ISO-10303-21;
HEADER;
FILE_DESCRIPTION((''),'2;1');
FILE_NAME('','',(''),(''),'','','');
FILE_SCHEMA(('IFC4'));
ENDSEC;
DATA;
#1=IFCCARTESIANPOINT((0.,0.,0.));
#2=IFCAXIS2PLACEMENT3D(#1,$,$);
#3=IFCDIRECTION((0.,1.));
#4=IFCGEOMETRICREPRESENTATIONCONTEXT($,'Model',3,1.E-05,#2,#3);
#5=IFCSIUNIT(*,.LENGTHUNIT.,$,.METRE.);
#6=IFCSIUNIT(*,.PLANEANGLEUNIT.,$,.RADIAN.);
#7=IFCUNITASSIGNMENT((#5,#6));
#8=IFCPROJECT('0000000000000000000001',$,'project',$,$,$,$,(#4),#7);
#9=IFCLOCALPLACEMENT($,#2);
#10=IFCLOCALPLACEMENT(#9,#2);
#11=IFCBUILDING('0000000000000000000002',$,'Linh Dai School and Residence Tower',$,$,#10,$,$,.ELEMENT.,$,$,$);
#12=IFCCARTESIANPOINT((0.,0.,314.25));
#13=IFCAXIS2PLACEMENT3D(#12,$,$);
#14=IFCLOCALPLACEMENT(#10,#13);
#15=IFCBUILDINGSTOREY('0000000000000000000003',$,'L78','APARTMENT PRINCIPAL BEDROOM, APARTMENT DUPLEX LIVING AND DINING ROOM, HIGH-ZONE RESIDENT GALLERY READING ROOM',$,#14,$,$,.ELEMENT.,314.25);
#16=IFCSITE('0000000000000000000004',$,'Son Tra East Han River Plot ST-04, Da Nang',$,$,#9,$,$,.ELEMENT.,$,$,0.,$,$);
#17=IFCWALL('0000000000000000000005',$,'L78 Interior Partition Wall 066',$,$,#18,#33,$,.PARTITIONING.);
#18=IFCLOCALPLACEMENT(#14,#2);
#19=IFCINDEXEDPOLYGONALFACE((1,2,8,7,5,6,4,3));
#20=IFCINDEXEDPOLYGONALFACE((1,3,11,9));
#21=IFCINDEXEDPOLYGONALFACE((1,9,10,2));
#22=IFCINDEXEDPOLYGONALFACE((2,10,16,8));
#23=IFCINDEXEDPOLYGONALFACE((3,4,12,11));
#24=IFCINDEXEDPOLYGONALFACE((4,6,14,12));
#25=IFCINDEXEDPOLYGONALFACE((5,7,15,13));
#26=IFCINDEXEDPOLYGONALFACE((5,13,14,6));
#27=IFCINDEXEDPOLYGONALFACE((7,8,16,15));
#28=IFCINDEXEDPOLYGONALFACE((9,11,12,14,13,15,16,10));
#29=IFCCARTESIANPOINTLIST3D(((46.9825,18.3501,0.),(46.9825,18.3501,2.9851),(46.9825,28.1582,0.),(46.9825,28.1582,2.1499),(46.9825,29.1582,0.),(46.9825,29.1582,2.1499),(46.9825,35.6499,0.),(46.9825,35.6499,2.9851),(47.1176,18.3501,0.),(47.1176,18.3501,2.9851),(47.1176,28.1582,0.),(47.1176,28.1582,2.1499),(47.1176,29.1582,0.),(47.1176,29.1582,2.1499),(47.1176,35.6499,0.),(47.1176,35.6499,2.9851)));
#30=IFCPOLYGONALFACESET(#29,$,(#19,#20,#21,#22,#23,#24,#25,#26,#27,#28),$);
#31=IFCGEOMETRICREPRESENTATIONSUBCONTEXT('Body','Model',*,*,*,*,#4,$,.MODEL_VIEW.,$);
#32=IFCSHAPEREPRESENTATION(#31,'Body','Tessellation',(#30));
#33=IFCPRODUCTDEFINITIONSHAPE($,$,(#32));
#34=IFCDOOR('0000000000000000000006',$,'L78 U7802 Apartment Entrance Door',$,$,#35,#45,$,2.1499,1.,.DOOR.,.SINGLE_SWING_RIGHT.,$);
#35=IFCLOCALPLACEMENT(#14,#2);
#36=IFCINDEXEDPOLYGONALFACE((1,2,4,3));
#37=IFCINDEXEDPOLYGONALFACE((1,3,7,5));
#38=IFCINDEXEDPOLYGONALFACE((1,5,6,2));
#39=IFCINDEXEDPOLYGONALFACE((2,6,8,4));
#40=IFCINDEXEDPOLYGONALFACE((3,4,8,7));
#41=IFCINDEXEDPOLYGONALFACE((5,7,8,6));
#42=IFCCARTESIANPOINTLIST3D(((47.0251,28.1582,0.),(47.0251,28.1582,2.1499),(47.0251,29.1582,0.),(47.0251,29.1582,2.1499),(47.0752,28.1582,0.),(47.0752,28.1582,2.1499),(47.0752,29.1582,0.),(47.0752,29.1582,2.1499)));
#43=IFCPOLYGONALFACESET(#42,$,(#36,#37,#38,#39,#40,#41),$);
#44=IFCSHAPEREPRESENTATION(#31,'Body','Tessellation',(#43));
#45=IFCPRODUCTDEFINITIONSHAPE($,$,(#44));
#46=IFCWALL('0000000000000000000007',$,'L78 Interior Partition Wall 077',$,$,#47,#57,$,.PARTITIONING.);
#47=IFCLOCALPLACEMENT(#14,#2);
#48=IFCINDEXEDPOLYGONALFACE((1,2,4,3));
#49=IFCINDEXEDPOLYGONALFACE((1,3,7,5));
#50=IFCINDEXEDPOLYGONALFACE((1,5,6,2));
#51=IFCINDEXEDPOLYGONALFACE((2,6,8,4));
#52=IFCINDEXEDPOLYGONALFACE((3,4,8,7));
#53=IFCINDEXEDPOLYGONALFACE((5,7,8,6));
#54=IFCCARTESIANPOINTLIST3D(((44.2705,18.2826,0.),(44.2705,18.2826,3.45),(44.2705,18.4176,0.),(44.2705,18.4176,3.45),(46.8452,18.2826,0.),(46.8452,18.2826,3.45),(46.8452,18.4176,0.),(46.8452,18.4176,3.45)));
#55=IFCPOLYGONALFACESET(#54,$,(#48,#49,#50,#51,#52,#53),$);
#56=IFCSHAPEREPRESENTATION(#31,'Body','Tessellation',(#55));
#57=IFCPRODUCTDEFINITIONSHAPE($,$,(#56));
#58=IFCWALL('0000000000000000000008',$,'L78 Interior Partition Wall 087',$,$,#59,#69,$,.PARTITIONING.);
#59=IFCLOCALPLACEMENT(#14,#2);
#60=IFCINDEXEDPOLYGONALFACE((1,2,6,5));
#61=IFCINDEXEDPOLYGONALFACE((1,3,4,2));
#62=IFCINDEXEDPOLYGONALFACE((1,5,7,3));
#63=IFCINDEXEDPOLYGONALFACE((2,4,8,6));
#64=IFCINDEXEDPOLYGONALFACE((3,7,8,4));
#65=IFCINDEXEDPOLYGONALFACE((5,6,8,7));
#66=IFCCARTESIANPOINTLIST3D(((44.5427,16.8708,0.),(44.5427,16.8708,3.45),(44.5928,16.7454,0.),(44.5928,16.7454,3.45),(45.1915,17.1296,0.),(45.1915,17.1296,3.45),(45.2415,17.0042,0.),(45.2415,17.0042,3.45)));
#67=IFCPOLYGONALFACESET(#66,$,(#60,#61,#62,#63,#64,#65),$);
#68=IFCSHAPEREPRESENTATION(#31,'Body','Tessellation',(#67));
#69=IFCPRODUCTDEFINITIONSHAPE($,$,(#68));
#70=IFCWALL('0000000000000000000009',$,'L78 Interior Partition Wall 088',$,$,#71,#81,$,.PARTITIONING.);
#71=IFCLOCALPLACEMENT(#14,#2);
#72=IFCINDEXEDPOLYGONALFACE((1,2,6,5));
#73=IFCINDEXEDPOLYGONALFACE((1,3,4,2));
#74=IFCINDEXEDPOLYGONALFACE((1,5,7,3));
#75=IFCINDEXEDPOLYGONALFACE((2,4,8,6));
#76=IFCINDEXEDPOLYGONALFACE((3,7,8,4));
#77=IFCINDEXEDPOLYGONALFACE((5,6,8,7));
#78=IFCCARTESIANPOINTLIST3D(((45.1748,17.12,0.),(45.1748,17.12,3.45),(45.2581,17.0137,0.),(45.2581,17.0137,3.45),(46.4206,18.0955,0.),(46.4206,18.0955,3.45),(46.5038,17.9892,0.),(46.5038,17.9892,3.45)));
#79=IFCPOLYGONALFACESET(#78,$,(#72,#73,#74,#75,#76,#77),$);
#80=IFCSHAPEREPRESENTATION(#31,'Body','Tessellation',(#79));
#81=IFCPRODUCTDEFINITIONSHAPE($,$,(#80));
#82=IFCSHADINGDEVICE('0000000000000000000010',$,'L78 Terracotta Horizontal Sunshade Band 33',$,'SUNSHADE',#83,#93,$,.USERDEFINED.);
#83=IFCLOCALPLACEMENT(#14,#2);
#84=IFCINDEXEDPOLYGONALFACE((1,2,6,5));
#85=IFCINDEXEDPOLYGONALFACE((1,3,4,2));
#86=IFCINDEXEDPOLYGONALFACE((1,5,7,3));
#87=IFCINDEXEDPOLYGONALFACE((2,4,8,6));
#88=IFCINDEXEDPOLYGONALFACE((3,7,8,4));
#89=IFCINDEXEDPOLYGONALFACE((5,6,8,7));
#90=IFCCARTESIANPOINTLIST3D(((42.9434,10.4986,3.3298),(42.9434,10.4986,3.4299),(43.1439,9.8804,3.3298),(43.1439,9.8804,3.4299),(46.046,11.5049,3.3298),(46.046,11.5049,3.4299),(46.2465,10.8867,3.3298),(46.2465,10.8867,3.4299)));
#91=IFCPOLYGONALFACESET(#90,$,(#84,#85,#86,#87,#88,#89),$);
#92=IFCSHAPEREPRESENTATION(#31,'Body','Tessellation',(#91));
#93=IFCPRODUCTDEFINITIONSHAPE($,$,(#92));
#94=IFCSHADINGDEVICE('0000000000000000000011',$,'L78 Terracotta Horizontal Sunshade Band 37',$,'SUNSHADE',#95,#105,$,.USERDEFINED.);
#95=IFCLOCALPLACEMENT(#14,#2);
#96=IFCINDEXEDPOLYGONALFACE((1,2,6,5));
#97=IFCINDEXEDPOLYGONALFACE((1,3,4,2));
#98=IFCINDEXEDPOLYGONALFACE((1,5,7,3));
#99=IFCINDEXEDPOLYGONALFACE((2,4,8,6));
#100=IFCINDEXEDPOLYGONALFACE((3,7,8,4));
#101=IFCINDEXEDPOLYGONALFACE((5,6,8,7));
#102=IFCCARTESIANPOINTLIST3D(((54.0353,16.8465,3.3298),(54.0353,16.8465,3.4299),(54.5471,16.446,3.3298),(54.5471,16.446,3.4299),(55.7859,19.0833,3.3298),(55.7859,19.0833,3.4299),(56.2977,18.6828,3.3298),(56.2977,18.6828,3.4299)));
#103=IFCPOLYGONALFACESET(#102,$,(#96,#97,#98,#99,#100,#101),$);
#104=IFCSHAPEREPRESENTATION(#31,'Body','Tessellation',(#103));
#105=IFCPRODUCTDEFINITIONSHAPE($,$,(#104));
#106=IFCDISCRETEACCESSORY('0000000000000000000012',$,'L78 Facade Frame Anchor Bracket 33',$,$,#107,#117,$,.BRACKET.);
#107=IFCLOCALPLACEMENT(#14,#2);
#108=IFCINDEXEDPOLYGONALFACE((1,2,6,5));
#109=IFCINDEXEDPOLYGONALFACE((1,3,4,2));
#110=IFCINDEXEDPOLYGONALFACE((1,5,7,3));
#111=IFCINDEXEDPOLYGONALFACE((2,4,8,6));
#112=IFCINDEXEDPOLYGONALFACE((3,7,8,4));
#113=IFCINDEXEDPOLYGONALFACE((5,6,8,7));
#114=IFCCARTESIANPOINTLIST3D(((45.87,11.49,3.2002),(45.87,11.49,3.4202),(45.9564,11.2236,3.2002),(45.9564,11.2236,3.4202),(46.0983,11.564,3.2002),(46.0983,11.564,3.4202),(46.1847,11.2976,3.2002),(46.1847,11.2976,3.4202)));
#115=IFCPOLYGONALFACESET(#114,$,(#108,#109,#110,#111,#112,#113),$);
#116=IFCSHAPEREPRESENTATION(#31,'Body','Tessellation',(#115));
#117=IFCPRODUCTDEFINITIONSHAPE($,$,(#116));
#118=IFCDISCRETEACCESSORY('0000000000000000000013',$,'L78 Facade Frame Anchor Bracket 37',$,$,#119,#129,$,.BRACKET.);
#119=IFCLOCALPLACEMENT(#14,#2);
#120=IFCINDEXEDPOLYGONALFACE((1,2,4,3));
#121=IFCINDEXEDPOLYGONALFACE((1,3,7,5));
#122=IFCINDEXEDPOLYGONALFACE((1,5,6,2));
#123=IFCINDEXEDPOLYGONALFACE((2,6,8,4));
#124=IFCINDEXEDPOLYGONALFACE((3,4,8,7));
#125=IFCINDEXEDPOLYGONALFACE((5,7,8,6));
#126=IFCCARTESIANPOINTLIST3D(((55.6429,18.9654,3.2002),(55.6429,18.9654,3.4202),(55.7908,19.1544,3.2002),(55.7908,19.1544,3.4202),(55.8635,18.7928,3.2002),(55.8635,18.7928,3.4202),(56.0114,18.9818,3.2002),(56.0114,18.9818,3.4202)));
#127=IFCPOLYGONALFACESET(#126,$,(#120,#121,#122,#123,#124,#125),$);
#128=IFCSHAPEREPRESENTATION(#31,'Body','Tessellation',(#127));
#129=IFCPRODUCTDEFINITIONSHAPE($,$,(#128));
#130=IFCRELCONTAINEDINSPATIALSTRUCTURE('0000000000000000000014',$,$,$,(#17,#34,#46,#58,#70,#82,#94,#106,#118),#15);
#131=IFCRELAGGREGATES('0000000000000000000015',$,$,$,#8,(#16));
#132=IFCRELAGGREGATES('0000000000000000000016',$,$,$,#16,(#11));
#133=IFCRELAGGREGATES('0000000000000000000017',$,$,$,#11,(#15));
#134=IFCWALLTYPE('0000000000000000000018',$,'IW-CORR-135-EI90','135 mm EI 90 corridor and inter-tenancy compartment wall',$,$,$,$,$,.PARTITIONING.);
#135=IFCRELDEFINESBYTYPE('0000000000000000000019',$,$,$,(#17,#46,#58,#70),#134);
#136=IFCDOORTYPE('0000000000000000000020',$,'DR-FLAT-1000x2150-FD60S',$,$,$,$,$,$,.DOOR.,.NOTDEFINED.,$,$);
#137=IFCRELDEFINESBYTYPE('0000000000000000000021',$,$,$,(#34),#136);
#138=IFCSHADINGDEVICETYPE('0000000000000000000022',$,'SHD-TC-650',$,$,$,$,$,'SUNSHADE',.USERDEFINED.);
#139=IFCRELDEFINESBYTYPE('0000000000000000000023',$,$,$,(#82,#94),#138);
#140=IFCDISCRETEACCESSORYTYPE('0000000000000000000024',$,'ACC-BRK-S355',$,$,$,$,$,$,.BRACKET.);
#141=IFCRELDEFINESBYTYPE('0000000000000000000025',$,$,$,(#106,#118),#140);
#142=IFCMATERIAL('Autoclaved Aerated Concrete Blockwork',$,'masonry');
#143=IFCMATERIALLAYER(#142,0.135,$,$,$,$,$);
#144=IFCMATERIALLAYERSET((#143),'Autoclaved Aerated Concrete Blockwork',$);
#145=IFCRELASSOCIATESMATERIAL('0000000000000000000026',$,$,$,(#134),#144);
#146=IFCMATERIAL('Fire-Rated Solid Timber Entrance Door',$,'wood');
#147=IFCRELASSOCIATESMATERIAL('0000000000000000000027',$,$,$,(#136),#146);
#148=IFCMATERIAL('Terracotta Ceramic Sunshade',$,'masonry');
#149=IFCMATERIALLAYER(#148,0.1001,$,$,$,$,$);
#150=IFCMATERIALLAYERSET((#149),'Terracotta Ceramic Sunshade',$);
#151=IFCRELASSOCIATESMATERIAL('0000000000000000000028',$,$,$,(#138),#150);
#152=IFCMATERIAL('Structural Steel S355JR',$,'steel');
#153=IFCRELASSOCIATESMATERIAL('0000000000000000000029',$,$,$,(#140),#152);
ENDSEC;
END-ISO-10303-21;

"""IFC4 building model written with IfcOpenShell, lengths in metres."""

from ifc_helpers import new_model, si_unit, direction, frame, frame_2d, origin, origin_2d, place, context, subcontext, project, spatial, rectangle, extrude, source, transform, mapped, material, layer, layer_set, type_object, element, fill, save


model = new_model("IFC4")

# Units and contexts
model_context = context("Model", 3, precision=1e-05, world=origin(), true_north=direction((0.0, 1.0)))
body_context = subcontext(model_context, "Body", "Model", "MODEL_VIEW")
ifc_project = project(units=[si_unit("LENGTHUNIT", "METRE"), si_unit("PLANEANGLEUNIT", "RADIAN")], contexts=[model_context])

# Site, building, storey
site_placement = place(None, origin())
site = spatial("IfcSite", under=ifc_project, at=site_placement, Name="Son Tra East Han River Plot ST-04, Da Nang", CompositionType="ELEMENT", RefElevation=0.0)
building_placement = place(site_placement, origin())
building = spatial("IfcBuilding", under=site, at=building_placement, Name="Linh Dai School and Residence Tower", CompositionType="ELEMENT")
storey_placement = place(building_placement, frame((0.0, 0.0, 314.25)))
storey = spatial("IfcBuildingStorey", under=building, at=storey_placement, Name="L78", Description="APARTMENT PRINCIPAL BEDROOM, APARTMENT DUPLEX LIVING AND DINING ROOM, HIGH-ZONE RESIDENT GALLERY READING ROOM", CompositionType="ELEMENT", Elevation=314.25)

# Shared definitions
ifc_material_1 = material(Name="Structural Steel S355JR", Category="steel")

# Shared definitions
ifc_material_2 = material(Name="Autoclaved Aerated Concrete Blockwork", Category="masonry")
ifc_layer_1 = layer(ifc_material_2, 0.135)
ifc_layer_set_1 = layer_set([ifc_layer_1], Name="Autoclaved Aerated Concrete Blockwork")
wall_type_1 = type_object("IfcWallType", Name="IW-CORR-135-EI90", Description="135 mm EI 90 corridor and inter-tenancy compartment wall", PredefinedType="PARTITIONING", material=ifc_layer_set_1)

# Wall, opening, door
wall_1_placement = place(storey_placement, frame((47.05, 18.3501, 0.0), z_axis=(0.0, 0.0, 1.0), x_axis=(0.0, 1.0, 0.0)))
wall_1 = element("IfcWall", 1, at=wall_1_placement, inside=storey, type_object=wall_type_1, Name="L78 Interior Partition Wall 066", PredefinedType="PARTITIONING", context=body_context, shape_type="SweptSolid", body=[
    extrude(rectangle(XDim=17.2998, YDim=0.135, at=frame_2d((8.6499, 0.0))), origin(), (0.0, 0.0, 1.0), 2.9851),
])
opening_1_placement = place(wall_1_placement, frame((9.8081, 0.0, 0.0)))
opening_1 = element("IfcOpeningElement", 2, at=opening_1_placement, cuts=wall_1, PredefinedType="OPENING", context=body_context, shape_type="SweptSolid", body=[
    extrude(rectangle(XDim=1.0, YDim=2.1499, at=origin_2d()), frame((0.5, 0.0776, 1.075), z_axis=(0.0, -1.0, 0.0), x_axis=(1.0, 0.0, 0.0)), (0.0, 0.0, 1.0), 0.155),
])
ifc_material_3 = material(Name="Fire-Rated Solid Timber Entrance Door", Category="wood")
door_type = type_object("IfcDoorType", Name="DR-FLAT-1000x2150-FD60S", OperationType="NOTDEFINED", PredefinedType="DOOR", material=ifc_material_3)
shared_shape_1 = source(origin(), body_context, "Body", "SweptSolid", [
    extrude(rectangle(XDim=1.0, YDim=2.1499, at=origin_2d()), frame((0.5, 0.0249, 1.075), z_axis=(0.0, -1.0, 0.0), x_axis=(1.0, 0.0, 0.0)), (0.0, 0.0, 1.0), 0.05),
])
door_placement = place(opening_1_placement, origin())
door = element("IfcDoor", 3, at=door_placement, inside=storey, type_object=door_type, Name="L78 U7802 Apartment Entrance Door", OperationType="SINGLE_SWING_RIGHT", OverallHeight=2.1499, OverallWidth=1.0, PredefinedType="DOOR", context=body_context, shape_type="MappedRepresentation", body=[
    mapped(shared_shape_1, transform((0.0, 0.0, 0.0), x_axis=(1.0, 0.0, 0.0), y_axis=(0.0, 1.0, 0.0), z_axis=(0.0, 0.0, 1.0), scale=1.0)),
])
fill(opening_1, door)

# Walls
wall_2_placement = place(storey_placement, frame((46.8452, 18.3501, 0.0), z_axis=(0.0, 0.0, 1.0), x_axis=(-1.0, 0.0, 0.0)))
element("IfcWall", 4, at=wall_2_placement, inside=storey, type_object=wall_type_1, Name="L78 Interior Partition Wall 077", PredefinedType="PARTITIONING", context=body_context, shape_type="SweptSolid", body=[
    extrude(rectangle(XDim=2.5747, YDim=0.135, at=frame_2d((1.2874, 0.0))), origin(), (0.0, 0.0, 1.0), 3.45),
])
wall_3_placement = place(storey_placement, frame((44.5679, 16.8081, 0.0), z_axis=(0.0, 0.0, 1.0), x_axis=(0.928814, 0.370547, 0.0)))
element("IfcWall", 5, at=wall_3_placement, inside=storey, type_object=wall_type_1, Name="L78 Interior Partition Wall 087", PredefinedType="PARTITIONING", context=body_context, shape_type="SweptSolid", body=[
    extrude(rectangle(XDim=0.6985, YDim=0.135, at=frame_2d((0.3491, 0.0))), origin(), (0.0, 0.0, 1.0), 3.45),
])
wall_4_placement = place(storey_placement, frame((45.2166, 17.0669, 0.0), z_axis=(0.0, 0.0, 1.0), x_axis=(0.787329, 0.616533, 0.0)))
element("IfcWall", 6, at=wall_4_placement, inside=storey, type_object=wall_type_1, Name="L78 Interior Partition Wall 088", PredefinedType="PARTITIONING", context=body_context, shape_type="SweptSolid", body=[
    extrude(rectangle(XDim=1.5823, YDim=0.135, at=frame_2d((0.791, 0.0))), origin(), (0.0, 0.0, 1.0), 3.45),
])

# Shading devices
ifc_material_4 = material(Name="Terracotta Ceramic Sunshade", Category="masonry")
ifc_layer_2 = layer(ifc_material_4, 0.1001)
ifc_layer_set_2 = layer_set([ifc_layer_2], Name="Terracotta Ceramic Sunshade")
shading_device_type = type_object("IfcShadingDeviceType", Name="SHD-TC-650", ElementType="SUNSHADE", PredefinedType="USERDEFINED", material=ifc_layer_set_2)
shared_shape_2 = source(origin(), body_context, "Body", "SweptSolid", [
    extrude(rectangle(XDim=3.2617, YDim=0.6499, at=origin_2d()), origin(), (0.0, 0.0, 1.0), 0.1001),
])
shading_device_1_placement = place(storey_placement, frame((44.595, 10.6926, 3.3298), z_axis=(0.0, 0.0, 1.0), x_axis=(-0.951218, -0.308519, 0.0)))
element("IfcShadingDevice", 7, at=shading_device_1_placement, inside=storey, type_object=shading_device_type, Name="L78 Terracotta Horizontal Sunshade Band 33", ObjectType="SUNSHADE", PredefinedType="USERDEFINED", context=body_context, shape_type="MappedRepresentation", body=[
    mapped(shared_shape_2, transform((0.0, 0.0, 0.0), x_axis=(1.0, 0.0, 0.0), y_axis=(0.0, 1.0, 0.0), z_axis=(0.0, 0.0, 1.0), scale=1.0)),
])
shared_shape_3 = source(origin(), body_context, "Body", "SweptSolid", [
    extrude(rectangle(XDim=2.8403, YDim=0.6499, at=origin_2d()), origin(), (0.0, 0.0, 1.0), 0.1001),
])
shading_device_2_placement = place(storey_placement, frame((55.1665, 17.7646, 3.3298), z_axis=(0.0, 0.0, 1.0), x_axis=(-0.616311, -0.787503, 0.0)))
element("IfcShadingDevice", 8, at=shading_device_2_placement, inside=storey, type_object=shading_device_type, Name="L78 Terracotta Horizontal Sunshade Band 37", ObjectType="SUNSHADE", PredefinedType="USERDEFINED", context=body_context, shape_type="MappedRepresentation", body=[
    mapped(shared_shape_3, transform((0.0, 0.0, 0.0), x_axis=(1.0, 0.0, 0.0), y_axis=(0.0, 1.0, 0.0), z_axis=(0.0, 0.0, 1.0), scale=1.0)),
])

# Discrete accessories
discrete_accessory_type = type_object("IfcDiscreteAccessoryType", Name="ACC-BRK-S355", PredefinedType="BRACKET", material=ifc_material_1)
shared_shape_4 = source(origin(), body_context, "Body", "SweptSolid", [
    extrude(rectangle(XDim=0.28, YDim=0.24, at=origin_2d()), origin(), (0.0, 0.0, 1.0), 0.22),
])
for number, where, z_axis, x_axis, name in (
    (9, (46.0273, 11.3938, 3.2002), (0.0, 0.0, 1.0), (0.308519, -0.951218, 0.0), "L78 Facade Frame Anchor Bracket 33"),
    (10, (55.8271, 18.9736, 3.2002), (0.0, 0.0, 1.0), (0.787503, -0.616311, 0.0), "L78 Facade Frame Anchor Bracket 37"),
):
    element("IfcDiscreteAccessory", number, at=place(storey_placement, frame(where, z_axis=z_axis, x_axis=x_axis)), inside=storey, type_object=discrete_accessory_type, Name=name, PredefinedType="BRACKET", context=body_context, shape_type="MappedRepresentation", body=[
        mapped(shared_shape_4, transform((0.0, 0.0, 0.0), x_axis=(1.0, 0.0, 0.0), y_axis=(0.0, 1.0, 0.0), z_axis=(0.0, 0.0, 1.0), scale=1.0)),
    ])

save(model, "model.ifc")
